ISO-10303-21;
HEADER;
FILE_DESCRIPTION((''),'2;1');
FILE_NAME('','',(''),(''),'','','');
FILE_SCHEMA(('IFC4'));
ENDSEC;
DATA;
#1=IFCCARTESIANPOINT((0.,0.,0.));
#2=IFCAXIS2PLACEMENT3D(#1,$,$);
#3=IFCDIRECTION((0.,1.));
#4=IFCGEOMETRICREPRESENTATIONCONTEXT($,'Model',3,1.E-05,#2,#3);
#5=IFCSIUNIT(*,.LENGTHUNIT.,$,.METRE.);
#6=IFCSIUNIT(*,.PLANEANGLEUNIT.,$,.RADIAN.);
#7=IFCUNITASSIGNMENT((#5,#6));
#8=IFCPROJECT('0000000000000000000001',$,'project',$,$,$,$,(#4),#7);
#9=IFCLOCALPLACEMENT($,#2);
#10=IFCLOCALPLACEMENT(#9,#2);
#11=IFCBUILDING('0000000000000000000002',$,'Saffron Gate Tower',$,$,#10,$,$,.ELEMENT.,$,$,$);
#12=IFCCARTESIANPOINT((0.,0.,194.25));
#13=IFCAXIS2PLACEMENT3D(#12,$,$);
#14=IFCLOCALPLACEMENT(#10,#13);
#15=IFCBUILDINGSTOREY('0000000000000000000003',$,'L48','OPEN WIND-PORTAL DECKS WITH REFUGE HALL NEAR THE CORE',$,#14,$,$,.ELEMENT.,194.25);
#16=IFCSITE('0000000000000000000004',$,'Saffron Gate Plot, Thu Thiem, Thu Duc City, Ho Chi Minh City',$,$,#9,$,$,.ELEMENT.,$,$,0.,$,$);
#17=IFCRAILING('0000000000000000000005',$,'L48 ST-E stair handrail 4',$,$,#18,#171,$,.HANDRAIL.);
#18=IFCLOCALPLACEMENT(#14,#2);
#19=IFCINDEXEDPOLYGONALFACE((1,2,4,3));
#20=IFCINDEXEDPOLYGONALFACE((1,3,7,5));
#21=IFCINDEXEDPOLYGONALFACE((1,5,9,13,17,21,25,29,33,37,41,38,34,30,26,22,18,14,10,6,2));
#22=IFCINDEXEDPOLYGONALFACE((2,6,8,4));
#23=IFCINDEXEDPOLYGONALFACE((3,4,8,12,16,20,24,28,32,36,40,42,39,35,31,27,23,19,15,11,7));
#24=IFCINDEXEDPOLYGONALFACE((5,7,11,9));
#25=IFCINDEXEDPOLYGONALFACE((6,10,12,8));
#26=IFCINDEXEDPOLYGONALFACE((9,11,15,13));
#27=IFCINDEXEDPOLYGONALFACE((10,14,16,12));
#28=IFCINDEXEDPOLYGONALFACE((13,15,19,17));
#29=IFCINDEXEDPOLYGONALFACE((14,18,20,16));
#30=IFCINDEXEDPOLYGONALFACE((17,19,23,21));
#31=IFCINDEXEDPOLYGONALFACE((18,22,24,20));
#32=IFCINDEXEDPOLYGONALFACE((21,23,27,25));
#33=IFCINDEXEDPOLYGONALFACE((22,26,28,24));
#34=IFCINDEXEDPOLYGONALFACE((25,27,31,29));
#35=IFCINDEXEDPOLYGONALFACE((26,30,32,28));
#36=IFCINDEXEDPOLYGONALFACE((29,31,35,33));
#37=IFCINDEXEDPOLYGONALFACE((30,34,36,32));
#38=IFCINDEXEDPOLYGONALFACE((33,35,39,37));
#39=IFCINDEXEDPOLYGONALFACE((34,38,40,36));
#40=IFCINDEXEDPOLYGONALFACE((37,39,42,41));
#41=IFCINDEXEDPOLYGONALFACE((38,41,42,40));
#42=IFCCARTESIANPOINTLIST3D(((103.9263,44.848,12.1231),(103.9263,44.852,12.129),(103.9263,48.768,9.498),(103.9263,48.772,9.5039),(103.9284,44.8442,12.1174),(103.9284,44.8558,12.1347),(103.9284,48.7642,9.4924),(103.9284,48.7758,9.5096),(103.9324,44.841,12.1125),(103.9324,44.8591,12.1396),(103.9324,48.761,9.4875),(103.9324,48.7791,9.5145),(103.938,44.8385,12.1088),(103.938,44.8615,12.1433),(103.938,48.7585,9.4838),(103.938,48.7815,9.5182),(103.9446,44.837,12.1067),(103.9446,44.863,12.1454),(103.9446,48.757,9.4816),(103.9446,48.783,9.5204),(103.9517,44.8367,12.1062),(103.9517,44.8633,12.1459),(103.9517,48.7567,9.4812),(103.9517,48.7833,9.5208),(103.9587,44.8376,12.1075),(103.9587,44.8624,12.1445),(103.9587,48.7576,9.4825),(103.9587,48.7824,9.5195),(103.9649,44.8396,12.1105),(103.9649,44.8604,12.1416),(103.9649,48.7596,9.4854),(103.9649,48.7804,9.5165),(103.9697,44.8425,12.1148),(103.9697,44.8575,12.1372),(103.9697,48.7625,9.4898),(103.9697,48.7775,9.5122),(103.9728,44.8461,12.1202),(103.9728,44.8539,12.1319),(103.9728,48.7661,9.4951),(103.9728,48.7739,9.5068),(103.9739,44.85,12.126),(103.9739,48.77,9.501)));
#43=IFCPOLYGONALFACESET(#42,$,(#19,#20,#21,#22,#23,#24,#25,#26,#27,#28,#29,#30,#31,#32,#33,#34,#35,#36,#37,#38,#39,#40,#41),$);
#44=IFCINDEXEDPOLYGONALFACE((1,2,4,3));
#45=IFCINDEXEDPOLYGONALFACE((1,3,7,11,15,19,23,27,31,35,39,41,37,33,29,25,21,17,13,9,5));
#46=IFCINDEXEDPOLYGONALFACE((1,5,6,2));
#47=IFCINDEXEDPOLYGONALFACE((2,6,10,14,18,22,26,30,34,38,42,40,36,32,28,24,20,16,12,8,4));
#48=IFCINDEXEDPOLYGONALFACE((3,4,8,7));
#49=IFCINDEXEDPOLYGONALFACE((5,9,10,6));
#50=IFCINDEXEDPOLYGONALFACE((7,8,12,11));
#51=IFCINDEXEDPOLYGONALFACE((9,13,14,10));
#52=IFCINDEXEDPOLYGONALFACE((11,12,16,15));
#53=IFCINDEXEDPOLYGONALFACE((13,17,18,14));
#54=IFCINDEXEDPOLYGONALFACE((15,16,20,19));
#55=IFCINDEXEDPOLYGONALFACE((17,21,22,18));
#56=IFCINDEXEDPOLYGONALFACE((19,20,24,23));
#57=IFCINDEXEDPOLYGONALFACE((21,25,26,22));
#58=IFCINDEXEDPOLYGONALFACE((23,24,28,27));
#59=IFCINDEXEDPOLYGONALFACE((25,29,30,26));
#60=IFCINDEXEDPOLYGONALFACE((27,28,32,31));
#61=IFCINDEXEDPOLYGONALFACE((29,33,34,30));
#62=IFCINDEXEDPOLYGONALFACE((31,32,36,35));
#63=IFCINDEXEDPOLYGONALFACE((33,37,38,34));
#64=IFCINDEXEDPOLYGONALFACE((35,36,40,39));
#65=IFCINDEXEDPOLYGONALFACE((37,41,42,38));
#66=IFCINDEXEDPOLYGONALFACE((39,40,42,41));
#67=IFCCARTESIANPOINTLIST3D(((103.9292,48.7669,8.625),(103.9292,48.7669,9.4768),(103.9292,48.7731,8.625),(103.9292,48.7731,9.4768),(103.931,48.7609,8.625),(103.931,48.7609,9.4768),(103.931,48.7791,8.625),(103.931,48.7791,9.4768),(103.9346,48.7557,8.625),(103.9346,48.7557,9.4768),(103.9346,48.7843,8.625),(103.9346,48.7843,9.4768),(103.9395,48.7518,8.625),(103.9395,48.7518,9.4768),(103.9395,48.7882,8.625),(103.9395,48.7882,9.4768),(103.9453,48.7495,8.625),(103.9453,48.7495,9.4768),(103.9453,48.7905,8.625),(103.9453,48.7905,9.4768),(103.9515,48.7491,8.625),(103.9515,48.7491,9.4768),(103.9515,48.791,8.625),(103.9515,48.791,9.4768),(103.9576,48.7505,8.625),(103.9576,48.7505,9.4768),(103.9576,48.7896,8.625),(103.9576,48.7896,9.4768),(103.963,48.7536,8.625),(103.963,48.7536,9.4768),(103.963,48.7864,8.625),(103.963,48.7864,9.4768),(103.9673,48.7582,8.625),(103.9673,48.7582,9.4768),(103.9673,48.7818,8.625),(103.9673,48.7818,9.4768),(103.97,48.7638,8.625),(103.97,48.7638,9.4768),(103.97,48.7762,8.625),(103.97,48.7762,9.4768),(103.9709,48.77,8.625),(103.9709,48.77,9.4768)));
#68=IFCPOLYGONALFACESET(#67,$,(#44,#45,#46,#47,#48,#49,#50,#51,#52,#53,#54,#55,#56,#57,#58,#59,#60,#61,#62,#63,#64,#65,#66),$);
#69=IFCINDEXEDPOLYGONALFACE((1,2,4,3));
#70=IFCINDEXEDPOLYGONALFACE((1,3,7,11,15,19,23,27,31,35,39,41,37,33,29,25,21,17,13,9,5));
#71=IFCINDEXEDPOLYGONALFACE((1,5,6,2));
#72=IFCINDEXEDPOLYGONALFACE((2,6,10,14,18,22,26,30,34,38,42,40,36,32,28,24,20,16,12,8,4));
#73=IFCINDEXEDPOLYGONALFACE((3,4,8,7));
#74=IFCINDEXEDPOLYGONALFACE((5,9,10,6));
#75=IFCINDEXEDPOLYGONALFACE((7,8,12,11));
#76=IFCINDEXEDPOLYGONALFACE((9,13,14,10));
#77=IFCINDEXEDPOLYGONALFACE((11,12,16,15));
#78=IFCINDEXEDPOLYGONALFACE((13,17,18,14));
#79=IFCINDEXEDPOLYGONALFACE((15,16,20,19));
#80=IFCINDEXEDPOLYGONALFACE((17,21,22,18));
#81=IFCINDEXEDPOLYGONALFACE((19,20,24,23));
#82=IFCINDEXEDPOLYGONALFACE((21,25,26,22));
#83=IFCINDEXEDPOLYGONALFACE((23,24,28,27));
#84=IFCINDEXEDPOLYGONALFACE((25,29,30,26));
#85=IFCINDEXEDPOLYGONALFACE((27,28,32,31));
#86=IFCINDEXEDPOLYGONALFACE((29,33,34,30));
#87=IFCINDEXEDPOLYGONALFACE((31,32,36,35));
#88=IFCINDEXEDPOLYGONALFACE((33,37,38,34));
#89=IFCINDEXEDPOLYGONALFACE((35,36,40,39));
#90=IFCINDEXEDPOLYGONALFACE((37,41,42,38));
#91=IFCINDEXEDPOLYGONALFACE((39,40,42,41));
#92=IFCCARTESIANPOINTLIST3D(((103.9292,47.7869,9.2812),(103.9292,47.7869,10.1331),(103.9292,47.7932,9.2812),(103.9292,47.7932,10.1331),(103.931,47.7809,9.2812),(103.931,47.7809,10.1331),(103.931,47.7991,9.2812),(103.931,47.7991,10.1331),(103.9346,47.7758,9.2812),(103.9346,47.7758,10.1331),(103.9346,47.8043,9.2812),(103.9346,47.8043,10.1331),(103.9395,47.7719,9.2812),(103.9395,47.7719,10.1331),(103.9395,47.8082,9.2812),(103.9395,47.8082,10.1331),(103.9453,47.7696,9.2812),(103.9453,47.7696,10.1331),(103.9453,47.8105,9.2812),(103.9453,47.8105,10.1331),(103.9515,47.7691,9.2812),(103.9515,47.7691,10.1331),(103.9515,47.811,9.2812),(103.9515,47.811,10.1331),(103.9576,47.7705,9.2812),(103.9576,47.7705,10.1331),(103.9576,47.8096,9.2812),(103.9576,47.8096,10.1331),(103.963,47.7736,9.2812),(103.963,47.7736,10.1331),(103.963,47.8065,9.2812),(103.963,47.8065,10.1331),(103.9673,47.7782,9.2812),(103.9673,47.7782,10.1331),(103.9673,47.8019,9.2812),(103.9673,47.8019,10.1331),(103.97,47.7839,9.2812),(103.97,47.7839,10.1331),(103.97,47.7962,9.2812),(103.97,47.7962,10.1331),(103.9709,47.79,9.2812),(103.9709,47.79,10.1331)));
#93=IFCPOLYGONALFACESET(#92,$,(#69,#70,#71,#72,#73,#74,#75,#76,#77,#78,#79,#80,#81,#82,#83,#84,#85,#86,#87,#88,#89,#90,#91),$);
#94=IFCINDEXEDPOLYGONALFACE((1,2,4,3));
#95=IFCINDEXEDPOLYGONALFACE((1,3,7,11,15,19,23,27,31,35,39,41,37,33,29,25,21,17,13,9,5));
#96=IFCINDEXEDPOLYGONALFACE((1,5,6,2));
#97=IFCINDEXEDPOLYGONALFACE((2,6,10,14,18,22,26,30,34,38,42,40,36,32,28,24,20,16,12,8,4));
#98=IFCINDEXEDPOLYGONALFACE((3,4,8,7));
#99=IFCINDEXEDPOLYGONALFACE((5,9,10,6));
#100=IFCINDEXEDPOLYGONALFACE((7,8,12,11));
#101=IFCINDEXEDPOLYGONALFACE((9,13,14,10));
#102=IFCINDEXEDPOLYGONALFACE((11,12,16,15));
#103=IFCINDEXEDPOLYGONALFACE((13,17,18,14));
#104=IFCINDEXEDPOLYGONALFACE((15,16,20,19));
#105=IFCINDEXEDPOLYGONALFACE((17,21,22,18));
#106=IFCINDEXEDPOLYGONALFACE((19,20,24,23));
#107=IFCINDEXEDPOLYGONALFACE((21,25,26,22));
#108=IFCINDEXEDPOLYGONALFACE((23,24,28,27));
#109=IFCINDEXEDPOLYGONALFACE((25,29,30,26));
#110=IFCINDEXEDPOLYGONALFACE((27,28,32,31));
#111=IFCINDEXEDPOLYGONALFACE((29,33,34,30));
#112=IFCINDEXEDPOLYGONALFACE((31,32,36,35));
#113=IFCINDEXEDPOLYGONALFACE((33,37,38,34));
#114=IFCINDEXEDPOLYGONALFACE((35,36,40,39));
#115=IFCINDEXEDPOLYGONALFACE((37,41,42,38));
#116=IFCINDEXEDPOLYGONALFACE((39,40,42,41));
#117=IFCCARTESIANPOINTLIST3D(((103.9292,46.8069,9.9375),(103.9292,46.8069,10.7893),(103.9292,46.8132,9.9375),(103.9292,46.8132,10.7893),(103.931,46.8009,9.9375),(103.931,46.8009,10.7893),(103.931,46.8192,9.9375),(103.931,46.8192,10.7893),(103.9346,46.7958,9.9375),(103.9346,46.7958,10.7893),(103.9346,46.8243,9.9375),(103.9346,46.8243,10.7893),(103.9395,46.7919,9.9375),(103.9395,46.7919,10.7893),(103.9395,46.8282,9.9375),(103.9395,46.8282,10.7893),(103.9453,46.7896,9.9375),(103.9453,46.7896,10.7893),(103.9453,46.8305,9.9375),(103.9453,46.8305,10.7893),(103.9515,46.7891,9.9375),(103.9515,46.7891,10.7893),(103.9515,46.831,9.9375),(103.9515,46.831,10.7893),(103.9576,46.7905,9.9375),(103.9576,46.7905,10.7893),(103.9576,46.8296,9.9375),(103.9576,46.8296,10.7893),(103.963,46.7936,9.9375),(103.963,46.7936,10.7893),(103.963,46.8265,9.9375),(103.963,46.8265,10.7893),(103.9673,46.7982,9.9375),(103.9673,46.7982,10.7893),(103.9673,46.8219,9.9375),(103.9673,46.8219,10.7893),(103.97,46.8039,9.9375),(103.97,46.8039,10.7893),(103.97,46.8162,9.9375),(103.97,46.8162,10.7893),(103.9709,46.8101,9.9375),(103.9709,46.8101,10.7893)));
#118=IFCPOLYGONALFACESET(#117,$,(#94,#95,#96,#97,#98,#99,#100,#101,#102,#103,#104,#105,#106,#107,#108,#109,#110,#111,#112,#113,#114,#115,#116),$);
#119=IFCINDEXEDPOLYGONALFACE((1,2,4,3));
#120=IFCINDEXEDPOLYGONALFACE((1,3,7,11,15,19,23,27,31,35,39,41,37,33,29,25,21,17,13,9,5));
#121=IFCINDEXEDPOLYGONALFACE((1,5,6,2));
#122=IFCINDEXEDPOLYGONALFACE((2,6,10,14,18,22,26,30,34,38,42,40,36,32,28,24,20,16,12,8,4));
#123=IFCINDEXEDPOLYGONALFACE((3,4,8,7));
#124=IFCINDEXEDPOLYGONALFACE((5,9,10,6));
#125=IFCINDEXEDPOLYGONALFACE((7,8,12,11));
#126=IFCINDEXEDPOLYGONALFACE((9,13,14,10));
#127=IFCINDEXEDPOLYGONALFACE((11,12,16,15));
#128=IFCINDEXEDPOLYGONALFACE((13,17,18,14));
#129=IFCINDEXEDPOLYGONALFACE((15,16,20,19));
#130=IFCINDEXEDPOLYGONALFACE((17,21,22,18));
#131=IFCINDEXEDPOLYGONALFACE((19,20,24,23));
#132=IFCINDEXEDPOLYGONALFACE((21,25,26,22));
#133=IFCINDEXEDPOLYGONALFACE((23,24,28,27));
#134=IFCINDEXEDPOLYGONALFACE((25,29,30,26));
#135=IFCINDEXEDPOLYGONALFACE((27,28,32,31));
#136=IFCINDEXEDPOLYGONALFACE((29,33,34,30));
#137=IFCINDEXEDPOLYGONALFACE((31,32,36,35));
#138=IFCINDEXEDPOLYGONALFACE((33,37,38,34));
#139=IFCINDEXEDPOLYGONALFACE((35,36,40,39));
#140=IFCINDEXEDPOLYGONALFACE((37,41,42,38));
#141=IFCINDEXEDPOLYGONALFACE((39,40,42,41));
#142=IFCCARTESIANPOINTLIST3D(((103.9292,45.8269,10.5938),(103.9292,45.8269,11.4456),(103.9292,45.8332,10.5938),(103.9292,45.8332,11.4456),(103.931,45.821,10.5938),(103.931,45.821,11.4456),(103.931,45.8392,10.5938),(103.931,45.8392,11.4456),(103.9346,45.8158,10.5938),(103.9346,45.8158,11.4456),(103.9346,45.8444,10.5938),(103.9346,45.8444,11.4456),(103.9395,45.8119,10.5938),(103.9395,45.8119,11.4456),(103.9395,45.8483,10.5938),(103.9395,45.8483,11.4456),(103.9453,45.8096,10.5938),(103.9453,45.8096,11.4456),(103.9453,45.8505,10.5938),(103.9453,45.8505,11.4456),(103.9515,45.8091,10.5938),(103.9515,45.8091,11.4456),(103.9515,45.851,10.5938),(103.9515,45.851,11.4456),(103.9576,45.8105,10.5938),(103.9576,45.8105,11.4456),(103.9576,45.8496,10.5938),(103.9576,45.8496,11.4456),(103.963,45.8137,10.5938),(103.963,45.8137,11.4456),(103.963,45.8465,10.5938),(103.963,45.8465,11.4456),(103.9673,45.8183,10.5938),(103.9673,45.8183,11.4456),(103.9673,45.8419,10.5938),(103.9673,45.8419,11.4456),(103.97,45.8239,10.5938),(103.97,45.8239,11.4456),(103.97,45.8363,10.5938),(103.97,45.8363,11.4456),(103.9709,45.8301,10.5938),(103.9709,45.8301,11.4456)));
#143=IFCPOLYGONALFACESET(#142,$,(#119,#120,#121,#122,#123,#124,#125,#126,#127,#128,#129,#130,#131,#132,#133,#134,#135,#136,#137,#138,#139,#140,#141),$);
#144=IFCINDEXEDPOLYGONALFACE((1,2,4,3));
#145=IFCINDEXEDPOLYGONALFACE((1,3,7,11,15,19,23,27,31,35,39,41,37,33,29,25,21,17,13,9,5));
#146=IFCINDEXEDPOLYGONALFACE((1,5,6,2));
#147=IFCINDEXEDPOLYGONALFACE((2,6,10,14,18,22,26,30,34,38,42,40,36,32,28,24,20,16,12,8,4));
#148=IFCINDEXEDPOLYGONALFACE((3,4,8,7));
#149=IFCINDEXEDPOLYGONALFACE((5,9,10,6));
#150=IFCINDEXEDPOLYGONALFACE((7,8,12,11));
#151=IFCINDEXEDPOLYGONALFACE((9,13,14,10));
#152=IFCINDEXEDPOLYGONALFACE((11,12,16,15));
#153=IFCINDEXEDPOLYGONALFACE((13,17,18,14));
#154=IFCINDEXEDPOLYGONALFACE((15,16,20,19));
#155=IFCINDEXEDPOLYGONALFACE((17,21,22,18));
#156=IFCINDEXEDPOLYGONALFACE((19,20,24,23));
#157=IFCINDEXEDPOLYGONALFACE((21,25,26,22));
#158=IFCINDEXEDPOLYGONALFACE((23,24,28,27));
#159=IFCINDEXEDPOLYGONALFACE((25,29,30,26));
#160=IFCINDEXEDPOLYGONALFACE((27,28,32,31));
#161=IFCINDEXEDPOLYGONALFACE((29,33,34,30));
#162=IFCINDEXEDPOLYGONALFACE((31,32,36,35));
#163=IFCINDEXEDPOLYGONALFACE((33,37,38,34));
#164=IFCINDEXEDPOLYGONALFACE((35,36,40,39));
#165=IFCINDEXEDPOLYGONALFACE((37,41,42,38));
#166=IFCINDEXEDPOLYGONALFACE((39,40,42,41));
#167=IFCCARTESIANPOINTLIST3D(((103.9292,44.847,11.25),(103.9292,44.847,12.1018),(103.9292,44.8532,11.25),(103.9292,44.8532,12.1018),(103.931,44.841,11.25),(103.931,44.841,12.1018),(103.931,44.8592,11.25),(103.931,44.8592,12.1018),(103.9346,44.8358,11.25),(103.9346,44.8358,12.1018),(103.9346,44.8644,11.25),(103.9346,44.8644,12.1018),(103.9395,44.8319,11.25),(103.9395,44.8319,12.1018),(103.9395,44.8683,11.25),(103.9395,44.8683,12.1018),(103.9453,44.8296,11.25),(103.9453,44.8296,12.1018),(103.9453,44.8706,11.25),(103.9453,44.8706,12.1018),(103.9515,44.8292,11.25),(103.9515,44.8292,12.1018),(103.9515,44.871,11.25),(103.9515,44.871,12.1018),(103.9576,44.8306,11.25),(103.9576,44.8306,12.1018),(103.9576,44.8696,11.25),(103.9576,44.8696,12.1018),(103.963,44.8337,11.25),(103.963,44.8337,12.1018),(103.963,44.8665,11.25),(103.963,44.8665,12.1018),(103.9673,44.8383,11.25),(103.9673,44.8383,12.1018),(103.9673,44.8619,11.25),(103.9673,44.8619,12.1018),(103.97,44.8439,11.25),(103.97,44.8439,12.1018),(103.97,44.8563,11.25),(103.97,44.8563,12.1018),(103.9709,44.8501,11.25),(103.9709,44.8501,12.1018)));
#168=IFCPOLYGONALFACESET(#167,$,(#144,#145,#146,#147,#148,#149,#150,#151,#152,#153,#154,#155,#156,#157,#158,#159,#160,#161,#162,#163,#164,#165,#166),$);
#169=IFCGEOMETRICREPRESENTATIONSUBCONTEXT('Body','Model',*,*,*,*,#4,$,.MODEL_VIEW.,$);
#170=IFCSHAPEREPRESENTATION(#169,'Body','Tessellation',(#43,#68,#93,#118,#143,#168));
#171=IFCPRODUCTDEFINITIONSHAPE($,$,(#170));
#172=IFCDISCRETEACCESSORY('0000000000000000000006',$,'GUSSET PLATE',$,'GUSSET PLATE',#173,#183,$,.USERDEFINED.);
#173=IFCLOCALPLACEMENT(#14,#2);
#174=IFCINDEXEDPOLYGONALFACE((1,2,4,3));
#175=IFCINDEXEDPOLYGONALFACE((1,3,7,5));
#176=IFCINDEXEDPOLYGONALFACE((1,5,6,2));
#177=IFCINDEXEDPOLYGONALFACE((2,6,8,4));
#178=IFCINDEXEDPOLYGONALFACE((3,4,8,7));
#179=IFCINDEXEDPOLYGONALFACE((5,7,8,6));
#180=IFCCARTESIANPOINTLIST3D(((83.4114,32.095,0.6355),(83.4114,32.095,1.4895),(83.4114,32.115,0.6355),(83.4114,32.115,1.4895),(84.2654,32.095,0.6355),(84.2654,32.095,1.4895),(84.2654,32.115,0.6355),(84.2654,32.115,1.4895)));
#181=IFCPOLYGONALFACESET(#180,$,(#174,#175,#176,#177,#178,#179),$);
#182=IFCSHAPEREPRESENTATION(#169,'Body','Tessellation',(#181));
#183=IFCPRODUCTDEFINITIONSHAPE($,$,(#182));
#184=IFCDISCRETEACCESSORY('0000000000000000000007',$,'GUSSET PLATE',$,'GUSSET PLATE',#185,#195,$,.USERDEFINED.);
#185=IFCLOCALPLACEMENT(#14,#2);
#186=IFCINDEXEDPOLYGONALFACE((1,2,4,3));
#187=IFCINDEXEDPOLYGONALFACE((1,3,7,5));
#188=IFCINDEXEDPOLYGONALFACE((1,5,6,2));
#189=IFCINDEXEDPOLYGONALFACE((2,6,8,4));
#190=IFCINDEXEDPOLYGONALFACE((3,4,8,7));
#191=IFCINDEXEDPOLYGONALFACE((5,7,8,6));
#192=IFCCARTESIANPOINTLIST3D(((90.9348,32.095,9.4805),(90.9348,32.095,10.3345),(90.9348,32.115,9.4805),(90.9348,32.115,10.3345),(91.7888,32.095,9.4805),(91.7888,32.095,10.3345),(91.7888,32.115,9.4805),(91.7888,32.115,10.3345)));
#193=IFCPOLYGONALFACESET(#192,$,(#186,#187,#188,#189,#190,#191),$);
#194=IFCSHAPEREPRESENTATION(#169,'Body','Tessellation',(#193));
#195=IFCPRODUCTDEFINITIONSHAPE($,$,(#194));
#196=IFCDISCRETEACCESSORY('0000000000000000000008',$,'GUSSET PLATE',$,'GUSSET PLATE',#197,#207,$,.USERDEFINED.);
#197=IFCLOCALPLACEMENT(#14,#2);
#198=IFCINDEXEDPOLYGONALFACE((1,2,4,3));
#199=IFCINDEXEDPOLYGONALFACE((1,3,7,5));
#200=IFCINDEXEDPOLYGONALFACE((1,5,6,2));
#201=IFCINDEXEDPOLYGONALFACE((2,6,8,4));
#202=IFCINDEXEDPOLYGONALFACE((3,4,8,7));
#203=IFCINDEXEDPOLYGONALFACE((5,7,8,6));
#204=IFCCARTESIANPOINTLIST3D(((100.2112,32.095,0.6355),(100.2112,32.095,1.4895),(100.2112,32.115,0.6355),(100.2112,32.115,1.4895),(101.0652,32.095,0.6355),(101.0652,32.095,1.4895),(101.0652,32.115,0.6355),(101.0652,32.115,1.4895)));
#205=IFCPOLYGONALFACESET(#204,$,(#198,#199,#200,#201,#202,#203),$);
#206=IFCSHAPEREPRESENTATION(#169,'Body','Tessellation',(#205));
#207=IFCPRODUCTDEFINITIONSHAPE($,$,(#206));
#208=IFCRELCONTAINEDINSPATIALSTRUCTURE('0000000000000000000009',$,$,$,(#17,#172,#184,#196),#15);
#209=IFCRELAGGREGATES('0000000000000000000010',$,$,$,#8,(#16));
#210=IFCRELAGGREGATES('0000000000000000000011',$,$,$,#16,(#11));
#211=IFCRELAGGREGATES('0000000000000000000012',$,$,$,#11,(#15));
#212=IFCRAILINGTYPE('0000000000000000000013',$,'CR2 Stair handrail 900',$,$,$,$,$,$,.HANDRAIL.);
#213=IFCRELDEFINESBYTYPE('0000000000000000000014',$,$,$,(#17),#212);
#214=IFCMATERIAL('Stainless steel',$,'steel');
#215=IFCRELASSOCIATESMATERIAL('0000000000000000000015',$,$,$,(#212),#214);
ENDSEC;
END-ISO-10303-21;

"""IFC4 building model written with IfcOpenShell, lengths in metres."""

from ifc_helpers import new_model, si_unit, direction, frame, origin, origin_2d, place, context, subcontext, project, spatial, rectangle, circle, extrude, material, type_object, element, save


model = new_model("IFC4")

# Units and contexts
model_context = context("Model", 3, precision=1e-05, world=origin(), true_north=direction((0.0, 1.0)))
body_context = subcontext(model_context, "Body", "Model", "MODEL_VIEW")
ifc_project = project(units=[si_unit("LENGTHUNIT", "METRE"), si_unit("PLANEANGLEUNIT", "RADIAN")], contexts=[model_context])

# Site, building, storey
site_placement = place(None, origin())
site = spatial("IfcSite", under=ifc_project, at=site_placement, Name="Saffron Gate Plot, Thu Thiem, Thu Duc City, Ho Chi Minh City", CompositionType="ELEMENT", RefElevation=0.0)
building_placement = place(site_placement, origin())
building = spatial("IfcBuilding", under=site, at=building_placement, Name="Saffron Gate Tower", CompositionType="ELEMENT")
storey_placement = place(building_placement, frame((0.0, 0.0, 194.25)))
storey = spatial("IfcBuildingStorey", under=building, at=storey_placement, Name="L48", Description="OPEN WIND-PORTAL DECKS WITH REFUGE HALL NEAR THE CORE", CompositionType="ELEMENT", Elevation=194.25)

# Railing
ifc_material_1 = material(Name="Stainless steel", Category="steel")
railing_type_1 = type_object("IfcRailingType", Name="CR2 Stair handrail 900", PredefinedType="HANDRAIL", material=ifc_material_1)
for number, where, name in (
    (1, (103.95, 48.77, 8.625), "L48 ST-E stair handrail 4"),
):
    element("IfcRailing", number, at=place(storey_placement, frame(where)), inside=storey, type_object=railing_type_1, Name=name, PredefinedType="HANDRAIL", context=body_context, shape_type="SweptSolid", body=[
        extrude(circle(Radius=0.0239, at=origin_2d()), frame((0.0, 0.0, 0.876), z_axis=(0.0, -0.830902, 0.556419), x_axis=(1.0, 0.0, 0.0)), (0.0, 0.0, 1.0), 4.7178),
        extrude(circle(Radius=0.021, at=origin_2d()), origin(), (0.0, 0.0, 1.0), 0.8518),
        extrude(circle(Radius=0.021, at=origin_2d()), frame((0.0, -0.98, 0.6562)), (0.0, 0.0, 1.0), 0.8518),
        extrude(circle(Radius=0.021, at=origin_2d()), frame((0.0, -1.96, 1.3125)), (0.0, 0.0, 1.0), 0.8518),
        extrude(circle(Radius=0.021, at=origin_2d()), frame((0.0, -2.9399, 1.9688)), (0.0, 0.0, 1.0), 0.8518),
        extrude(circle(Radius=0.021, at=origin_2d()), frame((0.0, -3.9199, 2.625)), (0.0, 0.0, 1.0), 0.8518),
    ])

# Discrete accessories
for number, where, z_axis, x_axis, name in (
    (2, (83.8384, 32.105, 0.6355), (0.0, 0.0, 1.0), (1.0, 0.0, 0.0), "GUSSET PLATE"),
    (3, (91.3618, 32.105, 9.4805), (0.0, 0.0, 1.0), (1.0, 0.0, 0.0), "GUSSET PLATE"),
    (4, (100.6382, 32.105, 0.6355), (0.0, 0.0, 1.0), (1.0, 0.0, 0.0), "GUSSET PLATE"),
):
    element("IfcDiscreteAccessory", number, at=place(storey_placement, frame(where, z_axis=z_axis, x_axis=x_axis)), inside=storey, Name=name, ObjectType="GUSSET PLATE", PredefinedType="USERDEFINED", context=body_context, shape_type="SweptSolid", body=[
        extrude(rectangle(XDim=0.854, YDim=0.02, at=origin_2d()), origin(), (0.0, 0.0, 1.0), 0.854),
    ])

save(model, "model.ifc")
